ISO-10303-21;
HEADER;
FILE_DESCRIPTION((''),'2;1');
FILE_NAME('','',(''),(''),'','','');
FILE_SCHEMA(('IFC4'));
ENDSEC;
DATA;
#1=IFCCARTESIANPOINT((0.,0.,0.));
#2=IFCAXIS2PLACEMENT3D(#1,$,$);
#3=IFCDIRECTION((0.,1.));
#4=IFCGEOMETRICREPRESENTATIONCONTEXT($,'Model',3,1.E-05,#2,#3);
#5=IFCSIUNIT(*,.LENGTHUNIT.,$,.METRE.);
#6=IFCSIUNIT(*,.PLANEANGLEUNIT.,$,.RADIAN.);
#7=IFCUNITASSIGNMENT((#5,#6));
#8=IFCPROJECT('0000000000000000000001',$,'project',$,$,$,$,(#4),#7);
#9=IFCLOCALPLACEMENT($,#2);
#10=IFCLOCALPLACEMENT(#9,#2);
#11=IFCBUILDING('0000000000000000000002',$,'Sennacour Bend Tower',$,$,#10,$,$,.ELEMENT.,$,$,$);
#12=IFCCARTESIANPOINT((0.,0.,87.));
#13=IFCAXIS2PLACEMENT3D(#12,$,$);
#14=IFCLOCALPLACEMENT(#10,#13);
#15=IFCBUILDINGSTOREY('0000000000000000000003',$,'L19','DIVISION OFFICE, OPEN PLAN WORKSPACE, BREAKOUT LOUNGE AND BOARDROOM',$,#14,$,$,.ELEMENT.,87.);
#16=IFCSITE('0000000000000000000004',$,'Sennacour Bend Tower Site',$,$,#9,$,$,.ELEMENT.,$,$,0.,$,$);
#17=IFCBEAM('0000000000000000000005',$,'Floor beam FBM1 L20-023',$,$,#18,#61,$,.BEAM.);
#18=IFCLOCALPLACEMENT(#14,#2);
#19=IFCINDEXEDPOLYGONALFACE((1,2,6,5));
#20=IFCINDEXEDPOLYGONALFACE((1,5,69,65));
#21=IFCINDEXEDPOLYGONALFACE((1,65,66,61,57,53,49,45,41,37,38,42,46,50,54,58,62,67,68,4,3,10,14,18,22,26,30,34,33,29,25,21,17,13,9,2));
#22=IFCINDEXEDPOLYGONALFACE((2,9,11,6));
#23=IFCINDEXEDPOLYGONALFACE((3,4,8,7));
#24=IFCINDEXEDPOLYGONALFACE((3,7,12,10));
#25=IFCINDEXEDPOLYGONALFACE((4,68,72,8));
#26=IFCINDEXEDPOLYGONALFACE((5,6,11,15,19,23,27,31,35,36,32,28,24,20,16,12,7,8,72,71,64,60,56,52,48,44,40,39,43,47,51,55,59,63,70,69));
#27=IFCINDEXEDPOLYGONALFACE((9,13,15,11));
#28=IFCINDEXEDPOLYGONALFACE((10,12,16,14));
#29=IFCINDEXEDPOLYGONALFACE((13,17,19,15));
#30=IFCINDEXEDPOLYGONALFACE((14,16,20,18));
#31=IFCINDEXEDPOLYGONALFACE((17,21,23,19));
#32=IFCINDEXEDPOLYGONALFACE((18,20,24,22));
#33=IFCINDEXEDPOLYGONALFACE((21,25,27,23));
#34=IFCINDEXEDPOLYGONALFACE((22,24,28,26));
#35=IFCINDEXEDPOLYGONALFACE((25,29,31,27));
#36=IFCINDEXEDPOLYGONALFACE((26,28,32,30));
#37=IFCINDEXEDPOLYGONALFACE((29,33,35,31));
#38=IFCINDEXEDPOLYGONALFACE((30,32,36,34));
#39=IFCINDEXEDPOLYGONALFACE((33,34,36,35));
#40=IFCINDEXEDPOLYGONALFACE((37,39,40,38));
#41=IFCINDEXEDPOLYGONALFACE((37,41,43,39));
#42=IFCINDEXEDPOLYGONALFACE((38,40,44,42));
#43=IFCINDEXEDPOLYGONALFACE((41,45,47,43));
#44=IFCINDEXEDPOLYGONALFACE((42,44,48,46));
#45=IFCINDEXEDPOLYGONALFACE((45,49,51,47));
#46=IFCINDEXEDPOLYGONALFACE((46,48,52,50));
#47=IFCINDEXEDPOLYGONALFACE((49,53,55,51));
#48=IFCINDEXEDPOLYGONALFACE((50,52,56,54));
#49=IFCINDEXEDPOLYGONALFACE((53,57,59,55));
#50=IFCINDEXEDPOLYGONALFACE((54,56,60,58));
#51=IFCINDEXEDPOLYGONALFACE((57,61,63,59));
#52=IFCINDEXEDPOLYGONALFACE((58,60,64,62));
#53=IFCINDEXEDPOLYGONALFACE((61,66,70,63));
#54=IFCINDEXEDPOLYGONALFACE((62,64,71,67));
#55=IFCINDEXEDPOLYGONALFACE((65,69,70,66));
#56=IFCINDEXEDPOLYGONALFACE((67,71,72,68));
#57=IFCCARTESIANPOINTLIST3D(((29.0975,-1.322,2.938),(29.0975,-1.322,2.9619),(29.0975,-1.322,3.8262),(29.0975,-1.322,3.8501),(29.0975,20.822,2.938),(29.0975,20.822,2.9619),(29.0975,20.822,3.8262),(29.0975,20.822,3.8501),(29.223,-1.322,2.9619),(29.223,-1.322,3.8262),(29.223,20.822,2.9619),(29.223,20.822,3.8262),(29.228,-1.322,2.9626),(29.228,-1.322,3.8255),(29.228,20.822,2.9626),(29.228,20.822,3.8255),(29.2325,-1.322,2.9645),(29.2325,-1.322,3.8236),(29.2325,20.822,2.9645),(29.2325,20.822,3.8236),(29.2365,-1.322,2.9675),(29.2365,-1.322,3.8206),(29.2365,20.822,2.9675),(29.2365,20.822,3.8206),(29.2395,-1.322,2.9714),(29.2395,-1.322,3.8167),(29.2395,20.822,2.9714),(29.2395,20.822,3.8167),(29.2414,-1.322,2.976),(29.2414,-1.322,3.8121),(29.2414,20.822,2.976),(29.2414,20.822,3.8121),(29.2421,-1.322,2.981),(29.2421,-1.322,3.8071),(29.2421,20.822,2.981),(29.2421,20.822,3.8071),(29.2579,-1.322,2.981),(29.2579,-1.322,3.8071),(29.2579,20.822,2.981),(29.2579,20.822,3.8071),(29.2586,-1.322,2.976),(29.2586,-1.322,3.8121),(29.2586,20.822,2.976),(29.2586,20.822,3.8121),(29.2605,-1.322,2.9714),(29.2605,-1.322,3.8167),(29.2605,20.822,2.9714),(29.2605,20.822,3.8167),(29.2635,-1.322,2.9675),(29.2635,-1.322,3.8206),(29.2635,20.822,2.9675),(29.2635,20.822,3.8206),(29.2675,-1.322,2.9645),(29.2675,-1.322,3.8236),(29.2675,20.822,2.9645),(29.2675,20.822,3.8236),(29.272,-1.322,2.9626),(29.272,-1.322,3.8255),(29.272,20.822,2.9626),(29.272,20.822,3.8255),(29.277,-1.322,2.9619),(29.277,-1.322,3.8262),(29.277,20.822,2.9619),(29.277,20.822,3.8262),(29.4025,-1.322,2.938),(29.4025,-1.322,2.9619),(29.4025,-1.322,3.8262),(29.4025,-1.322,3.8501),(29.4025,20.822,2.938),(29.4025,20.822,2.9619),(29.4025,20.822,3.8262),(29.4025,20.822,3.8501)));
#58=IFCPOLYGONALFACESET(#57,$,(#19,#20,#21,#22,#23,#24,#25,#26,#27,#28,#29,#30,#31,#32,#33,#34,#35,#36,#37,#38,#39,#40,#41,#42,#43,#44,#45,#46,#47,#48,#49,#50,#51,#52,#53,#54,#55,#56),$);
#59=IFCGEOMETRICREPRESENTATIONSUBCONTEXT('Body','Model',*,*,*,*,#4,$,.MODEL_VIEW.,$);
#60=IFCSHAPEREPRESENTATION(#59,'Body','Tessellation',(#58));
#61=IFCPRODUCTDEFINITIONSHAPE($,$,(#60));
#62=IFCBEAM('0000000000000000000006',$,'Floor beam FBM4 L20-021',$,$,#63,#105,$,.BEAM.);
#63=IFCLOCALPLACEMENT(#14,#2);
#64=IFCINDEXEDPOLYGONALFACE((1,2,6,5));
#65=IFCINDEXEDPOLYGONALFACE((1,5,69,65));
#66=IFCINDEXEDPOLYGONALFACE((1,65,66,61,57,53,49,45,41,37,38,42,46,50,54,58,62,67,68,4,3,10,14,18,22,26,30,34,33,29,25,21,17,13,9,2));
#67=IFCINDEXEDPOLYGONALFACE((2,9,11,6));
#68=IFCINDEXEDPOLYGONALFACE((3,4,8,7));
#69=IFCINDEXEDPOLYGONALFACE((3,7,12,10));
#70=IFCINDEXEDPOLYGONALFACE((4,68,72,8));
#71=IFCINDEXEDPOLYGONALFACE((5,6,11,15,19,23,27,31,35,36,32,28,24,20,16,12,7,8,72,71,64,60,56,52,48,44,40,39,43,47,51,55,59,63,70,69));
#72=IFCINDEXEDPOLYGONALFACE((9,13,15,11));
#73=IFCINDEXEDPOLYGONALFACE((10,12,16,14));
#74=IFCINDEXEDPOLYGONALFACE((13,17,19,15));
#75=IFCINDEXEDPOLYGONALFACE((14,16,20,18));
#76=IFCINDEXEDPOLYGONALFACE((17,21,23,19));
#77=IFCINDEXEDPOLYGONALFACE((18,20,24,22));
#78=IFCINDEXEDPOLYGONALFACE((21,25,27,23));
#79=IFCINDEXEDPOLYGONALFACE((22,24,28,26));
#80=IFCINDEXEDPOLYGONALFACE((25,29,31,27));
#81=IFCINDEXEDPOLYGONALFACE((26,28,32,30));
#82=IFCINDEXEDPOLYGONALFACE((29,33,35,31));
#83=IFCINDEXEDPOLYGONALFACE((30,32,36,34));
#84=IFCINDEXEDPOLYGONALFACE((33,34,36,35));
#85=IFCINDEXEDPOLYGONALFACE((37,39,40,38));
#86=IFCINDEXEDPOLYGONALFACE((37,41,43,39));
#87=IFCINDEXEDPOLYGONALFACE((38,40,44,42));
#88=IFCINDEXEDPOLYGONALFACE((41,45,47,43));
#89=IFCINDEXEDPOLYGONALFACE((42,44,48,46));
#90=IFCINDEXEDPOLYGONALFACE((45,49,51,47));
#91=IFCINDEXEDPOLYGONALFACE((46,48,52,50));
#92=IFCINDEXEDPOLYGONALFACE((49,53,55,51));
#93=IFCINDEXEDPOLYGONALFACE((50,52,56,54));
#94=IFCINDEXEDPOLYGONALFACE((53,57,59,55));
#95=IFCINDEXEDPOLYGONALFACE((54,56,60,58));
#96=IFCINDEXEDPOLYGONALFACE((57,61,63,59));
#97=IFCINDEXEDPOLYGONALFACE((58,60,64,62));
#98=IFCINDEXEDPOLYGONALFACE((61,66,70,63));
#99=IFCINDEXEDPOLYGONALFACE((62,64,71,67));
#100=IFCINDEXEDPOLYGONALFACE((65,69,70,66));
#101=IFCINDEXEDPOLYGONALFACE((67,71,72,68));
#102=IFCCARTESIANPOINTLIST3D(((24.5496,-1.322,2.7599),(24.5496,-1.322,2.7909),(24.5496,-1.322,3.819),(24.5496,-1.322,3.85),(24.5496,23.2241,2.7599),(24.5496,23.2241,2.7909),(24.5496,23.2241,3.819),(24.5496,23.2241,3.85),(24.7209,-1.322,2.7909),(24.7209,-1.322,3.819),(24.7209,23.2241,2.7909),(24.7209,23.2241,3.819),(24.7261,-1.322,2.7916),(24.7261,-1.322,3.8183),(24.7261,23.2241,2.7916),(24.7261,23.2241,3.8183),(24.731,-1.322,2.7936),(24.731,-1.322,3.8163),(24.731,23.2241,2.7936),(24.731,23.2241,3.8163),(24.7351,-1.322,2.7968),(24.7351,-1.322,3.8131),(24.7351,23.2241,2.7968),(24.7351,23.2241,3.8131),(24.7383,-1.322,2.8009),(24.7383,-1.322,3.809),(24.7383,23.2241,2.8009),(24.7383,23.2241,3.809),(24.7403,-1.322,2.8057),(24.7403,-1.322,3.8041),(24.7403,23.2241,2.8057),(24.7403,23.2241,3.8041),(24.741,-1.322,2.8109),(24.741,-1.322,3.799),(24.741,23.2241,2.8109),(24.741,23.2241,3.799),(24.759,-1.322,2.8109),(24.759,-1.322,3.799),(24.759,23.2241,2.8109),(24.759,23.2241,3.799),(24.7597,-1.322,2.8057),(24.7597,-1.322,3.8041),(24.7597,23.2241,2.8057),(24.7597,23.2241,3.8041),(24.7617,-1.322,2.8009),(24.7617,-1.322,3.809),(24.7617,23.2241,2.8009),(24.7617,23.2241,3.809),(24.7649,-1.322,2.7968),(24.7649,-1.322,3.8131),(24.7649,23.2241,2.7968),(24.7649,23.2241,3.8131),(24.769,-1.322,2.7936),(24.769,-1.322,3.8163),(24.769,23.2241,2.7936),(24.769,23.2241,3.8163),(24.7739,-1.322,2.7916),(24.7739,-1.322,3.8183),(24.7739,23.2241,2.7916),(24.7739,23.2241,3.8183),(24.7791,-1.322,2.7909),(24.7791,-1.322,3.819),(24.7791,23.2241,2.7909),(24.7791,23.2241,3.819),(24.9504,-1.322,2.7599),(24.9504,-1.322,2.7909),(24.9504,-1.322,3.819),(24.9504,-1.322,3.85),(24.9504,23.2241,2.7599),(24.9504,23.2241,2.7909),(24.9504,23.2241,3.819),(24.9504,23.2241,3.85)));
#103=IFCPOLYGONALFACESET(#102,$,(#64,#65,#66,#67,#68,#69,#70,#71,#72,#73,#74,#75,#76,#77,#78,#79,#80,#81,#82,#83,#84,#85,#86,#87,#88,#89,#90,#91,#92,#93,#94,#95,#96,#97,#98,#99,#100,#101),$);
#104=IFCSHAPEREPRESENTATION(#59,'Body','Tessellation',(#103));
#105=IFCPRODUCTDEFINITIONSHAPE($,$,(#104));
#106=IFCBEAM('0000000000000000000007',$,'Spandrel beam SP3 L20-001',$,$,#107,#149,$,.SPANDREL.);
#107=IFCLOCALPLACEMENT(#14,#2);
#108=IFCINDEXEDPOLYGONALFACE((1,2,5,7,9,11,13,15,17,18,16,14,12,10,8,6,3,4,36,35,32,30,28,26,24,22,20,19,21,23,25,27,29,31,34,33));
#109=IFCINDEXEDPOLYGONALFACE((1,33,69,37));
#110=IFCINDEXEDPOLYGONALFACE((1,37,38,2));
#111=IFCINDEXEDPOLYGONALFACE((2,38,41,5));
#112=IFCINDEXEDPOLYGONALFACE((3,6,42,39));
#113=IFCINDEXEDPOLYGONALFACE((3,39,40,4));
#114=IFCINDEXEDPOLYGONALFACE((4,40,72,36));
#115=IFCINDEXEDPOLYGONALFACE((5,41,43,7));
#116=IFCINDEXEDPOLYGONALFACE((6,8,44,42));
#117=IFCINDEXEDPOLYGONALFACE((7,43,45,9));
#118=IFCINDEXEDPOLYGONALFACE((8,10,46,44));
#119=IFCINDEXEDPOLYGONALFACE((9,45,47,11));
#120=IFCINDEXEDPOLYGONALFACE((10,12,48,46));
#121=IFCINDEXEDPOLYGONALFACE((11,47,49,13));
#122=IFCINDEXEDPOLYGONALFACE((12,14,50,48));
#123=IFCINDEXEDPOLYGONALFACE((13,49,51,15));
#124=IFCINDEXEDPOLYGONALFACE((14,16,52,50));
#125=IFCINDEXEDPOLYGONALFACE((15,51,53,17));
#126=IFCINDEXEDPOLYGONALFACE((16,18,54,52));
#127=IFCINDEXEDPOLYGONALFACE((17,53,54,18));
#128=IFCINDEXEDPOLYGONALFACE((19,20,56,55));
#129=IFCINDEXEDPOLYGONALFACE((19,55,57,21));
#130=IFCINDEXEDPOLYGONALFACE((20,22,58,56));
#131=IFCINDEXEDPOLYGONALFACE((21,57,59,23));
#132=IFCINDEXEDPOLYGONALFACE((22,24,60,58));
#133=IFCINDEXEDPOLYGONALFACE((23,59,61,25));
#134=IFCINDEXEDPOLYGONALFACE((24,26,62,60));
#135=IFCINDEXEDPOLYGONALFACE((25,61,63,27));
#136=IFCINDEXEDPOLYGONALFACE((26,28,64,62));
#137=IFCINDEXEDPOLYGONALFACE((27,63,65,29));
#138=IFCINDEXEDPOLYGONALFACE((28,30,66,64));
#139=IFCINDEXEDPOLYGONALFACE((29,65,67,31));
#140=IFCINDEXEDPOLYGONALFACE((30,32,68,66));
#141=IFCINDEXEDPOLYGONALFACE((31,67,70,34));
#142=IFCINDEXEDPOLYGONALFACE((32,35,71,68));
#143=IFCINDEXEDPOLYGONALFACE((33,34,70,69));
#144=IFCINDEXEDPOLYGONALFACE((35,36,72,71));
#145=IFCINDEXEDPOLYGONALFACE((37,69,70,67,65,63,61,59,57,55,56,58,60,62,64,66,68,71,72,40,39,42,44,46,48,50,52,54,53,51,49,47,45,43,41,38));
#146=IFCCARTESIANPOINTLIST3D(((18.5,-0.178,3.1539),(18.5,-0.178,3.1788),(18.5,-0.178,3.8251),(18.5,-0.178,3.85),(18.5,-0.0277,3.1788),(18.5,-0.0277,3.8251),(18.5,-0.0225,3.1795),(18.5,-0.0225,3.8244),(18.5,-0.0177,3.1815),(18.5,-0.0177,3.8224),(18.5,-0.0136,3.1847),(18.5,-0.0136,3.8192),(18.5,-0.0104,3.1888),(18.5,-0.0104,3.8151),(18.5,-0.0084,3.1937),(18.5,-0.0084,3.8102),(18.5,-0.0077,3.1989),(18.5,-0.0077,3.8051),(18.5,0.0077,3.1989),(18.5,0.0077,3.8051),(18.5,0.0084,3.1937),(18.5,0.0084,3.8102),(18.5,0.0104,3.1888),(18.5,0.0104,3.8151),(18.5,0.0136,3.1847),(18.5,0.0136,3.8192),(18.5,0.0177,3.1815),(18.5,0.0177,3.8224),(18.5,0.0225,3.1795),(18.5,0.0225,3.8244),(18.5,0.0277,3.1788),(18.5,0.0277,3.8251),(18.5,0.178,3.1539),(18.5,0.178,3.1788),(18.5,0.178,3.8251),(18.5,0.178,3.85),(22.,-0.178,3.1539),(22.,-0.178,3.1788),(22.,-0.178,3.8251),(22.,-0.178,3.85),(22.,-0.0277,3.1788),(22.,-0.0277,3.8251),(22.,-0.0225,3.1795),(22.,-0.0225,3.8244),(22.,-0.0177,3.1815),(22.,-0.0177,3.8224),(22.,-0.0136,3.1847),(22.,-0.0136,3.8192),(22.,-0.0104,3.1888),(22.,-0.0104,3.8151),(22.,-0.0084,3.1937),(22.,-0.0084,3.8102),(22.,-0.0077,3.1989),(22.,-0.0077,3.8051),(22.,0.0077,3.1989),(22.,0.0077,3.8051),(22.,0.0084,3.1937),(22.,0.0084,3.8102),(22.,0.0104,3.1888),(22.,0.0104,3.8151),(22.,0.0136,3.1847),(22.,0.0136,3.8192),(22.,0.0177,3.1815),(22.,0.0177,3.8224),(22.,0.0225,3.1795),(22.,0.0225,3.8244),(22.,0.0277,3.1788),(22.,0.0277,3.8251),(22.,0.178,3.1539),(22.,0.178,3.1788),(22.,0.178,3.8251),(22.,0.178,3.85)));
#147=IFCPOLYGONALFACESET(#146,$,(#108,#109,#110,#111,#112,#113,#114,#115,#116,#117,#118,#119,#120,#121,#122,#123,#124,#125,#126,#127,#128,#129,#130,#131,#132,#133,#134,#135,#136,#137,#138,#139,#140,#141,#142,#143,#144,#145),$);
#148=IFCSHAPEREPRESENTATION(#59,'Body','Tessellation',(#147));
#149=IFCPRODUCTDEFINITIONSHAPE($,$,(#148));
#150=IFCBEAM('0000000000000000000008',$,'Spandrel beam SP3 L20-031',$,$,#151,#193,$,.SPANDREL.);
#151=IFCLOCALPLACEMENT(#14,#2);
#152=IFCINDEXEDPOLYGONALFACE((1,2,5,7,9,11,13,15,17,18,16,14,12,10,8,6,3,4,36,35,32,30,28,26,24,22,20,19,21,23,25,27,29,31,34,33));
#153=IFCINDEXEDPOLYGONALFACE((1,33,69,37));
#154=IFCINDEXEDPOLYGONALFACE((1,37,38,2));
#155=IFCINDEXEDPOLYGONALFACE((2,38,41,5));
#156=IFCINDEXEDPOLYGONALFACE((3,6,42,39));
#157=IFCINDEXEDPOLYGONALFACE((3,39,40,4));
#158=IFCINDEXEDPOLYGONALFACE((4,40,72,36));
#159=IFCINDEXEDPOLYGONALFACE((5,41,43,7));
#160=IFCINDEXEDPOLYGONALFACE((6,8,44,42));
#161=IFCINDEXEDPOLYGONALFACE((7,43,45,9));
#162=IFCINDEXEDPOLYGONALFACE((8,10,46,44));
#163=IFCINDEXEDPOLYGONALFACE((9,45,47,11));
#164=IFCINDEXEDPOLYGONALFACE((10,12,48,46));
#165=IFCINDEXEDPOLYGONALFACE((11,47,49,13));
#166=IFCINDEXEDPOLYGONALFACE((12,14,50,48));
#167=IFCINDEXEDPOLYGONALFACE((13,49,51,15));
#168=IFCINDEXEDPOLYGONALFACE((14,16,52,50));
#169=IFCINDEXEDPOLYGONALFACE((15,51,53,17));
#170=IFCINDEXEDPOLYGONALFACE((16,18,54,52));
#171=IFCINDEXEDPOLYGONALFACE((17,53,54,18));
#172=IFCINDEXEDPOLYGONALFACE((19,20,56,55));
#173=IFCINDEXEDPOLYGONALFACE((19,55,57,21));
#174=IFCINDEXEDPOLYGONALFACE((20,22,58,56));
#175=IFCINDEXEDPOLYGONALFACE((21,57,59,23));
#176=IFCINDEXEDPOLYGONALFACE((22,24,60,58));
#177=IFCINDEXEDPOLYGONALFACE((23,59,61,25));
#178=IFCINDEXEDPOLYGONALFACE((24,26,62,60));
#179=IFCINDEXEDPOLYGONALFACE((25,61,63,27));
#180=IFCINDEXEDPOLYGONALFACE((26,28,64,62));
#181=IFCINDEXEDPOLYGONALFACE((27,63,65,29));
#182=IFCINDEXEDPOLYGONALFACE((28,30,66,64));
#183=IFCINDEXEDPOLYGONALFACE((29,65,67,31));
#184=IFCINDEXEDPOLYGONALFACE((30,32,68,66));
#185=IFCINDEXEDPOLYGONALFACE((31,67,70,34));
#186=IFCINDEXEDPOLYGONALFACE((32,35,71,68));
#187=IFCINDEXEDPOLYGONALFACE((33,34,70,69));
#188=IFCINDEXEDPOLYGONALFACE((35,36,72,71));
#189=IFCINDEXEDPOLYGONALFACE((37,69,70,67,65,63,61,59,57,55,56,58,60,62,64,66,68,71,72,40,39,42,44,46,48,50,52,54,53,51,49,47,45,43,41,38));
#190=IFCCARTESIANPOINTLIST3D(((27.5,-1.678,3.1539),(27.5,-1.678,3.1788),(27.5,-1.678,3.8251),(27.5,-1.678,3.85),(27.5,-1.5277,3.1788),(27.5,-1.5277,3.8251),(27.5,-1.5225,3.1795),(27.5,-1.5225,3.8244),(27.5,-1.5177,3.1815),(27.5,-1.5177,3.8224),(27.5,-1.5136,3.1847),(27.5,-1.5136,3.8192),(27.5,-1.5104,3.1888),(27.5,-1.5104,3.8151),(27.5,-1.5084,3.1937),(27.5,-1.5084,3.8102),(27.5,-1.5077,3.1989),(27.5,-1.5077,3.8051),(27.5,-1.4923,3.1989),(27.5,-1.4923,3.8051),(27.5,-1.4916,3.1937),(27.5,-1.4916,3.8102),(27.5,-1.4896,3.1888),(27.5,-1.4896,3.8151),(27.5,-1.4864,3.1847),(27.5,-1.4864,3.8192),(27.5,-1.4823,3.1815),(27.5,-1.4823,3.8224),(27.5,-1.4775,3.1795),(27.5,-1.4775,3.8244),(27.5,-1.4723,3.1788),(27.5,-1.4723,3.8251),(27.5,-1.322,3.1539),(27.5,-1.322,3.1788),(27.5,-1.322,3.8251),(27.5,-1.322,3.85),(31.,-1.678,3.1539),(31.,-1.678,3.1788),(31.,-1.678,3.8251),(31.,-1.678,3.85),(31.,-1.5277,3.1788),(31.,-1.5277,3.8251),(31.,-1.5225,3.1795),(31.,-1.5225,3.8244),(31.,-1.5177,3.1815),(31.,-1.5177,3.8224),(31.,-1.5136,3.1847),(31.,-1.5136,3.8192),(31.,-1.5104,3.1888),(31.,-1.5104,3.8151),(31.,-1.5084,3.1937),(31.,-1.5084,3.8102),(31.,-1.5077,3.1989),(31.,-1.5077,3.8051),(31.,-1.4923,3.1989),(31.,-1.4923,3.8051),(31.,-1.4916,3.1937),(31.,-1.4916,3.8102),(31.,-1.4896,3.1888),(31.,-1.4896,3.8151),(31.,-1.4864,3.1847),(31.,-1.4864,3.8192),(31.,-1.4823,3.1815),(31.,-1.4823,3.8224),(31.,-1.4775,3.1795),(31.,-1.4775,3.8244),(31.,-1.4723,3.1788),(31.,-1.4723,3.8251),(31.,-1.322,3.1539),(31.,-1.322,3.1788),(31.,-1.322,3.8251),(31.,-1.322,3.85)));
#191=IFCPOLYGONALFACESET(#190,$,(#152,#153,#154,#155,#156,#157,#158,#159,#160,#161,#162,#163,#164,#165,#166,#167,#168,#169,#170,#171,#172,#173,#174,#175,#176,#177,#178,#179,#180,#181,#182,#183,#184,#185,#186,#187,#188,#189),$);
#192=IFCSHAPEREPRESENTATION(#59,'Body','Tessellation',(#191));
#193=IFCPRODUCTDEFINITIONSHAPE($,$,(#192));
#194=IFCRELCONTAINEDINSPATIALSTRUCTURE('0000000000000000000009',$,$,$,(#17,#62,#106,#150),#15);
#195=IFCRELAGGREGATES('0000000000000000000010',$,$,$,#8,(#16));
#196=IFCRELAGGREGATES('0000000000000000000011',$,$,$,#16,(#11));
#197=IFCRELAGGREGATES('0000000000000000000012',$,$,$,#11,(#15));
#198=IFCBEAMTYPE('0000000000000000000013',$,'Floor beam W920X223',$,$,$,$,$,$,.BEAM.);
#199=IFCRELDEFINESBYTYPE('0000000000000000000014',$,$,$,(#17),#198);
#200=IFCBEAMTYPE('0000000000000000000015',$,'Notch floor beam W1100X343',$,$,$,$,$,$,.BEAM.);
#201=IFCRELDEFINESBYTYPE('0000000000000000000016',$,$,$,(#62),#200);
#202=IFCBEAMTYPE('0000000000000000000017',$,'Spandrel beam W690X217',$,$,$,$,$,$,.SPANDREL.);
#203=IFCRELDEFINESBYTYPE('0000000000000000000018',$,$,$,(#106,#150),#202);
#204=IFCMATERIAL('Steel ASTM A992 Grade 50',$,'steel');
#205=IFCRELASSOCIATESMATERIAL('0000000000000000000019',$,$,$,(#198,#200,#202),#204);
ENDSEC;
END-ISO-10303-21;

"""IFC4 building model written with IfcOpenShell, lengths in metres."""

from ifc_helpers import new_model, si_unit, direction, frame, origin, origin_2d, place, context, subcontext, project, spatial, i_section, extrude, material, material_profile, profile_set, type_object, element, save


model = new_model("IFC4")

# Units and contexts
model_context = context("Model", 3, precision=1e-05, world=origin(), true_north=direction((0.0, 1.0)))
body_context = subcontext(model_context, "Body", "Model", "MODEL_VIEW")
ifc_project = project(units=[si_unit("LENGTHUNIT", "METRE"), si_unit("PLANEANGLEUNIT", "RADIAN")], contexts=[model_context])

# Site, building, storey
site_placement = place(None, origin())
site = spatial("IfcSite", under=ifc_project, at=site_placement, Name="Sennacour Bend Tower Site", CompositionType="ELEMENT", RefElevation=0.0)
building_placement = place(site_placement, origin())
building = spatial("IfcBuilding", under=site, at=building_placement, Name="Sennacour Bend Tower", CompositionType="ELEMENT")
storey_placement = place(building_placement, frame((0.0, 0.0, 87.0)))
storey = spatial("IfcBuildingStorey", under=building, at=storey_placement, Name="L19", Description="DIVISION OFFICE, OPEN PLAN WORKSPACE, BREAKOUT LOUNGE AND BOARDROOM", CompositionType="ELEMENT", Elevation=87.0)

# Beams
ifc_material_1 = material(Name="Steel ASTM A992 Grade 50", Category="steel")
ifc_material_profile_1 = material_profile(ifc_material_1, i_section(OverallWidth=0.3049, OverallDepth=0.9121, WebThickness=0.0159, FlangeThickness=0.0239, FilletRadius=0.019, at=origin_2d()), Name="Steel ASTM A992 Grade 50", Category="steel")
ifc_profile_set_1 = profile_set([ifc_material_profile_1], Name="Steel ASTM A992 Grade 50")
beam_type_1 = type_object("IfcBeamType", Name="Floor beam W920X223", PredefinedType="BEAM", material=ifc_profile_set_1)
beam_1_placement = place(storey_placement, frame((29.25, -1.322, 3.394), z_axis=(0.0, 1.0, 0.0), x_axis=(-1.0, 0.0, 0.0)))
element("IfcBeam", 1, at=beam_1_placement, inside=storey, type_object=beam_type_1, Name="Floor beam FBM1 L20-023", PredefinedType="BEAM", context=body_context, shape_type="SweptSolid", body=[
    extrude(i_section(OverallWidth=0.3049, OverallDepth=0.9121, WebThickness=0.0159, FlangeThickness=0.0239, FilletRadius=0.019, at=origin_2d()), origin(), (0.0, 0.0, 1.0), 22.144),
])
ifc_material_profile_2 = material_profile(ifc_material_1, i_section(OverallWidth=0.4009, OverallDepth=1.0901, WebThickness=0.0181, FlangeThickness=0.031, FilletRadius=0.02, at=origin_2d()), Name="Steel ASTM A992 Grade 50", Category="steel")
ifc_profile_set_2 = profile_set([ifc_material_profile_2], Name="Steel ASTM A992 Grade 50")
beam_type_2 = type_object("IfcBeamType", Name="Notch floor beam W1100X343", PredefinedType="BEAM", material=ifc_profile_set_2)
beam_2_placement = place(storey_placement, frame((24.75, -1.322, 3.3049), z_axis=(0.0, 1.0, 0.0), x_axis=(-1.0, 0.0, 0.0)))
element("IfcBeam", 2, at=beam_2_placement, inside=storey, type_object=beam_type_2, Name="Floor beam FBM4 L20-021", PredefinedType="BEAM", context=body_context, shape_type="SweptSolid", body=[
    extrude(i_section(OverallWidth=0.4009, OverallDepth=1.0901, WebThickness=0.0181, FlangeThickness=0.031, FilletRadius=0.02, at=origin_2d()), origin(), (0.0, 0.0, 1.0), 24.5461),
])
ifc_material_profile_3 = material_profile(ifc_material_1, i_section(OverallWidth=0.356, OverallDepth=0.696, WebThickness=0.0154, FlangeThickness=0.0249, FilletRadius=0.02, at=origin_2d()), Name="Steel ASTM A992 Grade 50", Category="steel")
ifc_profile_set_3 = profile_set([ifc_material_profile_3], Name="Steel ASTM A992 Grade 50")
beam_type_3 = type_object("IfcBeamType", Name="Spandrel beam W690X217", PredefinedType="SPANDREL", material=ifc_profile_set_3)
for number, where, z_axis, x_axis, name in (
    (3, (22.0, 0.0, 3.502), (-1.0, 0.0, 0.0), (0.0, -1.0, 0.0), "Spandrel beam SP3 L20-001"),
    (4, (31.0, -1.5, 3.502), (-1.0, 0.0, 0.0), (0.0, -1.0, 0.0), "Spandrel beam SP3 L20-031"),
):
    element("IfcBeam", number, at=place(storey_placement, frame(where, z_axis=z_axis, x_axis=x_axis)), inside=storey, type_object=beam_type_3, Name=name, PredefinedType="SPANDREL", context=body_context, shape_type="SweptSolid", body=[
        extrude(i_section(OverallWidth=0.356, OverallDepth=0.696, WebThickness=0.0154, FlangeThickness=0.0249, FilletRadius=0.02, at=origin_2d()), origin(), (0.0, 0.0, 1.0), 3.5),
    ])

save(model, "model.ifc")
